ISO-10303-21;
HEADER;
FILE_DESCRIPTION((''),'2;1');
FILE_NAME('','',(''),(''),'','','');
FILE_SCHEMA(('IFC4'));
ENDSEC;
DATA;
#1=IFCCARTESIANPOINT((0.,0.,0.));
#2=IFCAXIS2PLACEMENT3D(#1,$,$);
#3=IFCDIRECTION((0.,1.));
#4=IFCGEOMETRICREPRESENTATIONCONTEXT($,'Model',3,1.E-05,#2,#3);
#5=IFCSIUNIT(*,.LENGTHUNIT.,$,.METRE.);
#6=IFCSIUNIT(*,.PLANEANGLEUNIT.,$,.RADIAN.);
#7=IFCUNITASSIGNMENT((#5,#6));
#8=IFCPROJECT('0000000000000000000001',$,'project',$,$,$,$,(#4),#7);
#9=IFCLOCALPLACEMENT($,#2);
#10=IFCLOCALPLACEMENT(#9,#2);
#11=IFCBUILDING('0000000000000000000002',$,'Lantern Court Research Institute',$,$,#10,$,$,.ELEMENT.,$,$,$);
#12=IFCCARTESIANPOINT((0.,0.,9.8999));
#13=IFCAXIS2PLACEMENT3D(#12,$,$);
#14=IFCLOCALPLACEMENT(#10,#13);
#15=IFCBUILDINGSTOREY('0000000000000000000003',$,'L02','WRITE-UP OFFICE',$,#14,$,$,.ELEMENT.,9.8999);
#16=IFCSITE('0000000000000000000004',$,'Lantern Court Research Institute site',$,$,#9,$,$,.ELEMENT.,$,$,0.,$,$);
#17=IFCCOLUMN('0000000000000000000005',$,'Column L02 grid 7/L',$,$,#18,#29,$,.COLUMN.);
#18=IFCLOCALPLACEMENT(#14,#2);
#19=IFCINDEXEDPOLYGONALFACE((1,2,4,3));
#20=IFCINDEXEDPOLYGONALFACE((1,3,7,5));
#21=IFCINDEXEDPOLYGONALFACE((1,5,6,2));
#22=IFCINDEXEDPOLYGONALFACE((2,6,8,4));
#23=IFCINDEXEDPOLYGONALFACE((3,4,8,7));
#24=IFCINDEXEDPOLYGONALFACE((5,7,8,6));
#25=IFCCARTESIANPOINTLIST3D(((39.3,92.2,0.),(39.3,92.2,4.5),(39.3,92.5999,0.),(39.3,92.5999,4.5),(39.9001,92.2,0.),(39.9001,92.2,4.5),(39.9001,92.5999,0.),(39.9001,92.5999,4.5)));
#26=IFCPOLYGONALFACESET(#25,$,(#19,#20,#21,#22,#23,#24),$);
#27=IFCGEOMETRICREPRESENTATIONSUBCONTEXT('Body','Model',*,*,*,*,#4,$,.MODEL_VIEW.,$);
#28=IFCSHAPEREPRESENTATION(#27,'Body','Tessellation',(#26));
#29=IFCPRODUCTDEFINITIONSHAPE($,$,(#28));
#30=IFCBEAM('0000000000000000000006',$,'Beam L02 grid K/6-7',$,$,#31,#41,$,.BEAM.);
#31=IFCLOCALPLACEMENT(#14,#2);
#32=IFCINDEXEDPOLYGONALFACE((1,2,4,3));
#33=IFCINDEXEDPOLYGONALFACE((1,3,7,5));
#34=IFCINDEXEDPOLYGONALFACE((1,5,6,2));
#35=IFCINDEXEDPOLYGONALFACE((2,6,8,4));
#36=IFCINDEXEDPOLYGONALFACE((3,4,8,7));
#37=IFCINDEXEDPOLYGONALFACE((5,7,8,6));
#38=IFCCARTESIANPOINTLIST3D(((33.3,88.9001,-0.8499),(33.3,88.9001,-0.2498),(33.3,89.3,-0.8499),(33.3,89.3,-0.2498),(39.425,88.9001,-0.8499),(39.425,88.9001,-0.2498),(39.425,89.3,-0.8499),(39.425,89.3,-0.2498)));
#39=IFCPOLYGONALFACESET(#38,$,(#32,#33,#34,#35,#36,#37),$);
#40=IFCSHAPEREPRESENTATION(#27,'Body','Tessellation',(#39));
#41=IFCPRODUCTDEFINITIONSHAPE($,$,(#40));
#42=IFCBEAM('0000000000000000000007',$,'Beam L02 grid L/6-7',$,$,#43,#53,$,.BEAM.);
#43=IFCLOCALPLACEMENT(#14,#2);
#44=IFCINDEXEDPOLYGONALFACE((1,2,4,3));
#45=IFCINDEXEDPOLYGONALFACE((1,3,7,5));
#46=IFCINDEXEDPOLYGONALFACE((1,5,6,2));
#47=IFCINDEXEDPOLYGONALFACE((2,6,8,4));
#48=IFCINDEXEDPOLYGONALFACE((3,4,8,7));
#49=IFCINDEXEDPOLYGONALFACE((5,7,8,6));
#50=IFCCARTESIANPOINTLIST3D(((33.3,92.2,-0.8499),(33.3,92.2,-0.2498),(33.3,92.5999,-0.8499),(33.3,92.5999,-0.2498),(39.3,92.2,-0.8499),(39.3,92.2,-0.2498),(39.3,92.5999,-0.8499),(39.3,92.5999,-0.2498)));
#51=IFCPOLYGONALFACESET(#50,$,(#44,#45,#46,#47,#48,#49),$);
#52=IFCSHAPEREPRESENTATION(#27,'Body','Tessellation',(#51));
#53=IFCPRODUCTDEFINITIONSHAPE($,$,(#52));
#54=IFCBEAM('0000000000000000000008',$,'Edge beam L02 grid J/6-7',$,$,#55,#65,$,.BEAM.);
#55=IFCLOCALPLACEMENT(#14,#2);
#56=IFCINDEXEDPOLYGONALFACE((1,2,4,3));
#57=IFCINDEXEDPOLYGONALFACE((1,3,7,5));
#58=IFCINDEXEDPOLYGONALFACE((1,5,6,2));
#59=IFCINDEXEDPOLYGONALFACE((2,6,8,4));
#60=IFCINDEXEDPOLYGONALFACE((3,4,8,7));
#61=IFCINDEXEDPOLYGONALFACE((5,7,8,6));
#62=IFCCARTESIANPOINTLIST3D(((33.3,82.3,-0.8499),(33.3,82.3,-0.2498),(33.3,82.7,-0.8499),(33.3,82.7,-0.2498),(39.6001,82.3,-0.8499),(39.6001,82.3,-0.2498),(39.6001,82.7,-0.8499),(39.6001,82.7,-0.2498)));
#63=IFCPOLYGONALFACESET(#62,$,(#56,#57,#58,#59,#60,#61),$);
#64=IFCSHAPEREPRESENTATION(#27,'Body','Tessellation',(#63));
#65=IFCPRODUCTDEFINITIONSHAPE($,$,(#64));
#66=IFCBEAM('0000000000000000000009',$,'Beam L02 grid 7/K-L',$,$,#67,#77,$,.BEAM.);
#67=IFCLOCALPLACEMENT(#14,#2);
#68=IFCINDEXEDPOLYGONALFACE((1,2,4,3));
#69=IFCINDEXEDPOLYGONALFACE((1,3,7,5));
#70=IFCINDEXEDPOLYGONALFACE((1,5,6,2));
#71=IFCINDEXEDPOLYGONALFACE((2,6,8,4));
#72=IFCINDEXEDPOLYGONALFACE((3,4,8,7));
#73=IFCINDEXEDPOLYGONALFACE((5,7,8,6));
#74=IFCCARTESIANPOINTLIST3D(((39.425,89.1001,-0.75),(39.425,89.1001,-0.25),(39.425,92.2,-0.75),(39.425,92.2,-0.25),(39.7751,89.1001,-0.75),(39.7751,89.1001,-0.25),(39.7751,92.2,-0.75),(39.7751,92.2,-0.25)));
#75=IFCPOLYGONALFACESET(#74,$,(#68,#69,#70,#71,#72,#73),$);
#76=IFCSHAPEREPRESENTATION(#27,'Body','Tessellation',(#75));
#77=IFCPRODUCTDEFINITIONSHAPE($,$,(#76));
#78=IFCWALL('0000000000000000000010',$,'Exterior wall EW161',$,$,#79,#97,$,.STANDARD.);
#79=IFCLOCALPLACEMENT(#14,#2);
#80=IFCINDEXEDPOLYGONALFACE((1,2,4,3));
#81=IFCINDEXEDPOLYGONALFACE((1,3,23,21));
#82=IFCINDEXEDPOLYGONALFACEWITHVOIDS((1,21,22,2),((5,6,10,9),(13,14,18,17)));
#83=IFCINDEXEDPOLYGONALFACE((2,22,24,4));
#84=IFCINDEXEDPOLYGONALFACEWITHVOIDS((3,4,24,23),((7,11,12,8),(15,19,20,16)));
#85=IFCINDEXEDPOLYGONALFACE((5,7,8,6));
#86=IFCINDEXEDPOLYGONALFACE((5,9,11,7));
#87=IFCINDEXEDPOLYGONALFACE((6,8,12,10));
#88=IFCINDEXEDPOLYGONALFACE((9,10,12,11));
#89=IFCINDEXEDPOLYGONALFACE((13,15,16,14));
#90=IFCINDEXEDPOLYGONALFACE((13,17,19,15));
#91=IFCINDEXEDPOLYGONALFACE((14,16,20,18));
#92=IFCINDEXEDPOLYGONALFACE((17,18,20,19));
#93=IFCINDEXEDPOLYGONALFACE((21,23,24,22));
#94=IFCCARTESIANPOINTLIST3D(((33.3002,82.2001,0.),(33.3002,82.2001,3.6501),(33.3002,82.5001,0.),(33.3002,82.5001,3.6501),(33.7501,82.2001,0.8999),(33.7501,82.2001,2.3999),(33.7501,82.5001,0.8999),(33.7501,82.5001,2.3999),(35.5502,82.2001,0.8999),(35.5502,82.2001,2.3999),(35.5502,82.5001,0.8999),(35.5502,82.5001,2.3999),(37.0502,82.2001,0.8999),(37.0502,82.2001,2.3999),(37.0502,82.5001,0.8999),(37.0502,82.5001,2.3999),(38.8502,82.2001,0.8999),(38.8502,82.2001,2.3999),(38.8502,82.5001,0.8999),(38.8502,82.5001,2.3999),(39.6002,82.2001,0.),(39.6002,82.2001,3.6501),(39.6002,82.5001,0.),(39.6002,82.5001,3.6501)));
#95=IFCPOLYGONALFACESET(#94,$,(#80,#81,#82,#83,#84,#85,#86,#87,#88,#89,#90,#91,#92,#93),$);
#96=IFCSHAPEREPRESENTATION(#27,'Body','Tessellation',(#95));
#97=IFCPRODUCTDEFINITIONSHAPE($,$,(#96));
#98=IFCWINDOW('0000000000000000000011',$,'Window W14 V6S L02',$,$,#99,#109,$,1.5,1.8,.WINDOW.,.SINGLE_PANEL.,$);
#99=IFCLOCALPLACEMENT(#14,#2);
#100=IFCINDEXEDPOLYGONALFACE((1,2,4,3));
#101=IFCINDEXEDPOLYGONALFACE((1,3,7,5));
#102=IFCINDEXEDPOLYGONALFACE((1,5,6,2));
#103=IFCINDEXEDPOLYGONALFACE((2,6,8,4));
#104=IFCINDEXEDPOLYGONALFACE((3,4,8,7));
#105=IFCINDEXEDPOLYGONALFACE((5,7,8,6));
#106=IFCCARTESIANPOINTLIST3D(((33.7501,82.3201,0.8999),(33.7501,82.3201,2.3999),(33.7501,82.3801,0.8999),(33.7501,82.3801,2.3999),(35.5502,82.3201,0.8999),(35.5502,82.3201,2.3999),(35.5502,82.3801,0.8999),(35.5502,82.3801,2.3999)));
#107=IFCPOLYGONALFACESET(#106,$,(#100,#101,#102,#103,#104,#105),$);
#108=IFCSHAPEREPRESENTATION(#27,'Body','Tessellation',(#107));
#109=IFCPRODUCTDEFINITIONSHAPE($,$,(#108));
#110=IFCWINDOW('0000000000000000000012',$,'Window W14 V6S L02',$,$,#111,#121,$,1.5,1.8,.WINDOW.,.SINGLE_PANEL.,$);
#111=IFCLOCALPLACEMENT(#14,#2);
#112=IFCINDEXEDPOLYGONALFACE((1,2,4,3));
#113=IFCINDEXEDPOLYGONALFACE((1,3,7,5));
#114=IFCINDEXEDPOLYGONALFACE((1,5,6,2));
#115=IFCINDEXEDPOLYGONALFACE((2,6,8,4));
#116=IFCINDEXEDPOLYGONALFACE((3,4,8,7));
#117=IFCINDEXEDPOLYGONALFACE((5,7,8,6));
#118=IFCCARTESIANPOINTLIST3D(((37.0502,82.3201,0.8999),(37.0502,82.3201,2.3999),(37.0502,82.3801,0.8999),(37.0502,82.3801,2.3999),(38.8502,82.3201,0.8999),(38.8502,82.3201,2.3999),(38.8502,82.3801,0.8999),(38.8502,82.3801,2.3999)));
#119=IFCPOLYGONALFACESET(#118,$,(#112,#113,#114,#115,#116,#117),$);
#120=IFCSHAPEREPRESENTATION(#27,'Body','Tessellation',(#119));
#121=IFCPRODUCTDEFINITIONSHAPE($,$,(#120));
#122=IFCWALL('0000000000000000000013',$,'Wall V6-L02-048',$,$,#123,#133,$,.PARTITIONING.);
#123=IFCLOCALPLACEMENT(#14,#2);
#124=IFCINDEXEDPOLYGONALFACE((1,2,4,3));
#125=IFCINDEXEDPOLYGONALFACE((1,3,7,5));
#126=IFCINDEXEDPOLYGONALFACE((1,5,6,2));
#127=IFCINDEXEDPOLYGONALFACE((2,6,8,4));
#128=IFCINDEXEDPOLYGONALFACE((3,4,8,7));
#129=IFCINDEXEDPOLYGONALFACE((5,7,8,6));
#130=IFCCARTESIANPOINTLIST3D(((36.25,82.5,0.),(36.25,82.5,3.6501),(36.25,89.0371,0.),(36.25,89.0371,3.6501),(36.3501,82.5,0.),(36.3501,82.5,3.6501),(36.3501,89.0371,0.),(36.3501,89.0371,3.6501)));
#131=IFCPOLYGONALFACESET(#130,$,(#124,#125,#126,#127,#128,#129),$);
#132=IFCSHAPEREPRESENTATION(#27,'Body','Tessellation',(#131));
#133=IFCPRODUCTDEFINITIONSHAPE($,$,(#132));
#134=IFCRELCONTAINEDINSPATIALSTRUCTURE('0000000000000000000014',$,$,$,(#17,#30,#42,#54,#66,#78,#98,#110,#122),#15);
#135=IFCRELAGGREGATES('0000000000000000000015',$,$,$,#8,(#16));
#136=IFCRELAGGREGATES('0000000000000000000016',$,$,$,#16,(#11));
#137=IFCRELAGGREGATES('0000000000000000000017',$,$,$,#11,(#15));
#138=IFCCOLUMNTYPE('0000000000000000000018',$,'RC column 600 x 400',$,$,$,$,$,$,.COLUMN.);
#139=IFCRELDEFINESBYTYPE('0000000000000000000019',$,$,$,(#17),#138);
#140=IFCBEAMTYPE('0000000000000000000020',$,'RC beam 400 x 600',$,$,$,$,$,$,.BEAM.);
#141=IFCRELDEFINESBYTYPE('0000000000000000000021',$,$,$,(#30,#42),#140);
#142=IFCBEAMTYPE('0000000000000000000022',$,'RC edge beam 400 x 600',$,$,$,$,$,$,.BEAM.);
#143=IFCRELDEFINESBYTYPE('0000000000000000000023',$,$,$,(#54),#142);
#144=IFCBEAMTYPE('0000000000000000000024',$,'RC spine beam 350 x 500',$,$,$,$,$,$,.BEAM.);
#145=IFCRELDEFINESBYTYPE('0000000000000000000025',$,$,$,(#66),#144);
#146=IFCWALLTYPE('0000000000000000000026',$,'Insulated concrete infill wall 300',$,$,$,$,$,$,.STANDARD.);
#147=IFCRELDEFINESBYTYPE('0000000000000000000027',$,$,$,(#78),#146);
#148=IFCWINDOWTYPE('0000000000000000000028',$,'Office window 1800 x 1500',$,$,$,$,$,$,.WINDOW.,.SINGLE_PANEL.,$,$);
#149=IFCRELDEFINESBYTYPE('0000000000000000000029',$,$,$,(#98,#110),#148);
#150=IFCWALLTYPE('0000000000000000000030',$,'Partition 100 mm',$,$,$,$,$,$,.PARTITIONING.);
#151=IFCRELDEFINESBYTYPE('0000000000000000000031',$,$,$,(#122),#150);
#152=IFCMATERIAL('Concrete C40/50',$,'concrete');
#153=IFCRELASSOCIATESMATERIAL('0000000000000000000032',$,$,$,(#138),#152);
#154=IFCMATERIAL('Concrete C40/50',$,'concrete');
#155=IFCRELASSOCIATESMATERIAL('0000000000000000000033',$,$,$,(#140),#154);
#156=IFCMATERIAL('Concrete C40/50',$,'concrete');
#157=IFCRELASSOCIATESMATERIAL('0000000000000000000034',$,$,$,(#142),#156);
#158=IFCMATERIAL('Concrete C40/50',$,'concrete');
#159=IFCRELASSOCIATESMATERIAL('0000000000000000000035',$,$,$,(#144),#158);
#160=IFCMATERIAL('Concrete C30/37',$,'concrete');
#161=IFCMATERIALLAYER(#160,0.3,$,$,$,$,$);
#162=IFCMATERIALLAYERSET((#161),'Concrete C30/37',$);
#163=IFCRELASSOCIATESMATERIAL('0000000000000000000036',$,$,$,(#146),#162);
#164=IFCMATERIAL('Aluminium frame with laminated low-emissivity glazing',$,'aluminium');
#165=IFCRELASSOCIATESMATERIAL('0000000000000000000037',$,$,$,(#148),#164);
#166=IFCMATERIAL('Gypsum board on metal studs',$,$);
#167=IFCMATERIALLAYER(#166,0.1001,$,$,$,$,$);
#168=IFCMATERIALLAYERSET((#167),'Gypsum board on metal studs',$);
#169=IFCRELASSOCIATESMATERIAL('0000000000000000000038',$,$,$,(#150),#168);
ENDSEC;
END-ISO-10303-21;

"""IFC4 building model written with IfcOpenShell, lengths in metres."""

from ifc_helpers import new_model, si_unit, direction, frame, frame_2d, origin, origin_2d, place, context, subcontext, project, spatial, rectangle, extrude, material, layer, layer_set, material_profile, profile_set, type_object, element, fill, save


model = new_model("IFC4")

# Units and contexts
model_context = context("Model", 3, precision=1e-05, world=origin(), true_north=direction((0.0, 1.0)))
body_context = subcontext(model_context, "Body", "Model", "MODEL_VIEW")
ifc_project = project(units=[si_unit("LENGTHUNIT", "METRE"), si_unit("PLANEANGLEUNIT", "RADIAN")], contexts=[model_context])

# Site, building, storey
site_placement = place(None, origin())
site = spatial("IfcSite", under=ifc_project, at=site_placement, Name="Lantern Court Research Institute site", CompositionType="ELEMENT", RefElevation=0.0)
building_placement = place(site_placement, origin())
building = spatial("IfcBuilding", under=site, at=building_placement, Name="Lantern Court Research Institute", CompositionType="ELEMENT")
storey_placement = place(building_placement, frame((0.0, 0.0, 9.8999)))
storey = spatial("IfcBuildingStorey", under=building, at=storey_placement, Name="L02", Description="WRITE-UP OFFICE", CompositionType="ELEMENT", Elevation=9.8999)

# Column
ifc_material_1 = material(Name="Concrete C40/50", Category="concrete")
ifc_material_profile_1 = material_profile(ifc_material_1, rectangle(XDim=0.6001, YDim=0.3999, at=origin_2d()), Name="RC column 600 x 400")
ifc_profile_set_1 = profile_set([ifc_material_profile_1], Name="Concrete C40/50")
column_type = type_object("IfcColumnType", Name="RC column 600 x 400", PredefinedType="COLUMN", material=ifc_profile_set_1)
column_placement = place(storey_placement, frame((39.6001, 92.3999, 0.0), z_axis=(0.0, 0.0, 1.0), x_axis=(1.0, 0.0, 0.0)))
element("IfcColumn", 1, at=column_placement, inside=storey, type_object=column_type, Name="Column L02 grid 7/L", PredefinedType="COLUMN", context=body_context, shape_type="SweptSolid", body=[
    extrude(rectangle(XDim=0.6001, YDim=0.3999, at=origin_2d()), origin(), (0.0, 0.0, 1.0), 4.5),
])

# Beams
ifc_material_2 = material(Name="Concrete C40/50", Category="concrete")
ifc_material_profile_2 = material_profile(ifc_material_2, rectangle(XDim=0.3999, YDim=0.6001, at=origin_2d()), Name="RC beam 400 x 600")
ifc_profile_set_2 = profile_set([ifc_material_profile_2], Name="Concrete C40/50")
beam_type_1 = type_object("IfcBeamType", Name="RC beam 400 x 600", PredefinedType="BEAM", material=ifc_profile_set_2)
beam_1_placement = place(storey_placement, frame((33.3, 89.1001, -0.5498), z_axis=(1.0, 0.0, 0.0), x_axis=(0.0, 1.0, 0.0)))
element("IfcBeam", 2, at=beam_1_placement, inside=storey, type_object=beam_type_1, Name="Beam L02 grid K/6-7", PredefinedType="BEAM", context=body_context, shape_type="SweptSolid", body=[
    extrude(rectangle(XDim=0.3999, YDim=0.6001, at=origin_2d()), origin(), (0.0, 0.0, 1.0), 6.125),
])
beam_2_placement = place(storey_placement, frame((33.3, 92.3999, -0.5498), z_axis=(1.0, 0.0, 0.0), x_axis=(0.0, 1.0, 0.0)))
element("IfcBeam", 3, at=beam_2_placement, inside=storey, type_object=beam_type_1, Name="Beam L02 grid L/6-7", PredefinedType="BEAM", context=body_context, shape_type="SweptSolid", body=[
    extrude(rectangle(XDim=0.3999, YDim=0.6001, at=origin_2d()), origin(), (0.0, 0.0, 1.0), 6.0),
])
ifc_material_3 = material(Name="Concrete C40/50", Category="concrete")
ifc_material_profile_3 = material_profile(ifc_material_3, rectangle(XDim=0.3999, YDim=0.6001, at=origin_2d()), Name="RC beam 400 x 600")
ifc_profile_set_3 = profile_set([ifc_material_profile_3], Name="Concrete C40/50")
beam_type_2 = type_object("IfcBeamType", Name="RC edge beam 400 x 600", PredefinedType="BEAM", material=ifc_profile_set_3)
beam_3_placement = place(storey_placement, frame((33.3, 82.5, -0.5498), z_axis=(1.0, 0.0, 0.0), x_axis=(0.0, 1.0, 0.0)))
element("IfcBeam", 4, at=beam_3_placement, inside=storey, type_object=beam_type_2, Name="Edge beam L02 grid J/6-7", PredefinedType="BEAM", context=body_context, shape_type="SweptSolid", body=[
    extrude(rectangle(XDim=0.3999, YDim=0.6001, at=origin_2d()), origin(), (0.0, 0.0, 1.0), 6.3),
])
ifc_material_4 = material(Name="Concrete C40/50", Category="concrete")
ifc_material_profile_4 = material_profile(ifc_material_4, rectangle(XDim=0.3501, YDim=0.5, at=origin_2d()), Name="RC beam 350 x 500")
ifc_profile_set_4 = profile_set([ifc_material_profile_4], Name="Concrete C40/50")
beam_type_3 = type_object("IfcBeamType", Name="RC spine beam 350 x 500", PredefinedType="BEAM", material=ifc_profile_set_4)
beam_4_placement = place(storey_placement, frame((39.6001, 89.1001, -0.5), z_axis=(0.0, 1.0, 0.0), x_axis=(-1.0, 0.0, 0.0)))
element("IfcBeam", 5, at=beam_4_placement, inside=storey, type_object=beam_type_3, Name="Beam L02 grid 7/K-L", PredefinedType="BEAM", context=body_context, shape_type="SweptSolid", body=[
    extrude(rectangle(XDim=0.3501, YDim=0.5, at=origin_2d()), origin(), (0.0, 0.0, 1.0), 3.0999),
])

# Wall, openings, windows
ifc_material_5 = material(Name="Concrete C30/37", Category="concrete")
ifc_layer_1 = layer(ifc_material_5, 0.3)
ifc_layer_set_1 = layer_set([ifc_layer_1], Name="Concrete C30/37")
wall_type_1 = type_object("IfcWallType", Name="Insulated concrete infill wall 300", PredefinedType="STANDARD", material=ifc_layer_set_1)
wall_1_placement = place(storey_placement, frame((39.6001, 82.3501, 0.0), z_axis=(0.0, 0.0, 1.0), x_axis=(-1.0, 0.0, 0.0)))
wall_1 = element("IfcWall", 6, at=wall_1_placement, inside=storey, type_object=wall_type_1, Name="Exterior wall EW161", PredefinedType="STANDARD", context=body_context, shape_type="SweptSolid", body=[
    extrude(rectangle(XDim=6.3, YDim=0.3, at=frame_2d((3.1499, 0.0))), origin(), (0.0, 0.0, 1.0), 3.6501),
])
opening_1_placement = place(wall_1_placement, frame((4.05, 0.0, 0.8999)))
opening_1 = element("IfcOpeningElement", 7, at=opening_1_placement, cuts=wall_1, PredefinedType="OPENING", context=body_context, shape_type="SweptSolid", body=[
    extrude(rectangle(XDim=1.8, YDim=1.5, at=frame_2d((0.8999, 0.75))), frame((0.0, 0.1599, 0.0), z_axis=(0.0, -1.0, 0.0), x_axis=(1.0, 0.0, 0.0)), (0.0, 0.0, 1.0), 0.3201),
])
opening_2_placement = place(wall_1_placement, frame((0.75, 0.0, 0.8999)))
opening_2 = element("IfcOpeningElement", 8, at=opening_2_placement, cuts=wall_1, PredefinedType="OPENING", context=body_context, shape_type="SweptSolid", body=[
    extrude(rectangle(XDim=1.8, YDim=1.5, at=frame_2d((0.8999, 0.75))), frame((0.0, 0.1599, 0.0), z_axis=(0.0, -1.0, 0.0), x_axis=(1.0, 0.0, 0.0)), (0.0, 0.0, 1.0), 0.3201),
])
ifc_material_6 = material(Name="Aluminium frame with laminated low-emissivity glazing", Category="aluminium")
window_type = type_object("IfcWindowType", Name="Office window 1800 x 1500", PartitioningType="SINGLE_PANEL", PredefinedType="WINDOW", material=ifc_material_6)
window_1_placement = place(opening_1_placement, origin())
window_1 = element("IfcWindow", 9, at=window_1_placement, inside=storey, type_object=window_type, Name="Window W14 V6S L02", OverallHeight=1.5, OverallWidth=1.8, PartitioningType="SINGLE_PANEL", PredefinedType="WINDOW", context=body_context, shape_type="SweptSolid", body=[
    extrude(rectangle(XDim=1.8, YDim=1.5, at=frame_2d((0.8999, 0.75))), frame((0.0, 0.03, 0.0), z_axis=(0.0, -1.0, 0.0), x_axis=(1.0, 0.0, 0.0)), (0.0, 0.0, 1.0), 0.0601),
])
fill(opening_1, window_1)
window_2_placement = place(opening_2_placement, origin())
window_2 = element("IfcWindow", 10, at=window_2_placement, inside=storey, type_object=window_type, Name="Window W14 V6S L02", OverallHeight=1.5, OverallWidth=1.8, PartitioningType="SINGLE_PANEL", PredefinedType="WINDOW", context=body_context, shape_type="SweptSolid", body=[
    extrude(rectangle(XDim=1.8, YDim=1.5, at=frame_2d((0.8999, 0.75))), frame((0.0, 0.03, 0.0), z_axis=(0.0, -1.0, 0.0), x_axis=(1.0, 0.0, 0.0)), (0.0, 0.0, 1.0), 0.0601),
])
fill(opening_2, window_2)

# Wall
ifc_material_7 = material(Name="Gypsum board on metal studs")
ifc_layer_2 = layer(ifc_material_7, 0.1001)
ifc_layer_set_2 = layer_set([ifc_layer_2], Name="Gypsum board on metal studs")
wall_type_2 = type_object("IfcWallType", Name="Partition 100 mm", PredefinedType="PARTITIONING", material=ifc_layer_set_2)
wall_2_placement = place(storey_placement, frame((36.3, 82.5, 0.0), z_axis=(0.0, 0.0, 1.0), x_axis=(0.0, 1.0, 0.0)))
element("IfcWall", 11, at=wall_2_placement, inside=storey, type_object=wall_type_2, Name="Wall V6-L02-048", PredefinedType="PARTITIONING", context=body_context, shape_type="SweptSolid", body=[
    extrude(rectangle(XDim=6.5371, YDim=0.1001, at=frame_2d((3.2686, 0.0))), origin(), (0.0, 0.0, 1.0), 3.6501),
])

save(model, "model.ifc")
